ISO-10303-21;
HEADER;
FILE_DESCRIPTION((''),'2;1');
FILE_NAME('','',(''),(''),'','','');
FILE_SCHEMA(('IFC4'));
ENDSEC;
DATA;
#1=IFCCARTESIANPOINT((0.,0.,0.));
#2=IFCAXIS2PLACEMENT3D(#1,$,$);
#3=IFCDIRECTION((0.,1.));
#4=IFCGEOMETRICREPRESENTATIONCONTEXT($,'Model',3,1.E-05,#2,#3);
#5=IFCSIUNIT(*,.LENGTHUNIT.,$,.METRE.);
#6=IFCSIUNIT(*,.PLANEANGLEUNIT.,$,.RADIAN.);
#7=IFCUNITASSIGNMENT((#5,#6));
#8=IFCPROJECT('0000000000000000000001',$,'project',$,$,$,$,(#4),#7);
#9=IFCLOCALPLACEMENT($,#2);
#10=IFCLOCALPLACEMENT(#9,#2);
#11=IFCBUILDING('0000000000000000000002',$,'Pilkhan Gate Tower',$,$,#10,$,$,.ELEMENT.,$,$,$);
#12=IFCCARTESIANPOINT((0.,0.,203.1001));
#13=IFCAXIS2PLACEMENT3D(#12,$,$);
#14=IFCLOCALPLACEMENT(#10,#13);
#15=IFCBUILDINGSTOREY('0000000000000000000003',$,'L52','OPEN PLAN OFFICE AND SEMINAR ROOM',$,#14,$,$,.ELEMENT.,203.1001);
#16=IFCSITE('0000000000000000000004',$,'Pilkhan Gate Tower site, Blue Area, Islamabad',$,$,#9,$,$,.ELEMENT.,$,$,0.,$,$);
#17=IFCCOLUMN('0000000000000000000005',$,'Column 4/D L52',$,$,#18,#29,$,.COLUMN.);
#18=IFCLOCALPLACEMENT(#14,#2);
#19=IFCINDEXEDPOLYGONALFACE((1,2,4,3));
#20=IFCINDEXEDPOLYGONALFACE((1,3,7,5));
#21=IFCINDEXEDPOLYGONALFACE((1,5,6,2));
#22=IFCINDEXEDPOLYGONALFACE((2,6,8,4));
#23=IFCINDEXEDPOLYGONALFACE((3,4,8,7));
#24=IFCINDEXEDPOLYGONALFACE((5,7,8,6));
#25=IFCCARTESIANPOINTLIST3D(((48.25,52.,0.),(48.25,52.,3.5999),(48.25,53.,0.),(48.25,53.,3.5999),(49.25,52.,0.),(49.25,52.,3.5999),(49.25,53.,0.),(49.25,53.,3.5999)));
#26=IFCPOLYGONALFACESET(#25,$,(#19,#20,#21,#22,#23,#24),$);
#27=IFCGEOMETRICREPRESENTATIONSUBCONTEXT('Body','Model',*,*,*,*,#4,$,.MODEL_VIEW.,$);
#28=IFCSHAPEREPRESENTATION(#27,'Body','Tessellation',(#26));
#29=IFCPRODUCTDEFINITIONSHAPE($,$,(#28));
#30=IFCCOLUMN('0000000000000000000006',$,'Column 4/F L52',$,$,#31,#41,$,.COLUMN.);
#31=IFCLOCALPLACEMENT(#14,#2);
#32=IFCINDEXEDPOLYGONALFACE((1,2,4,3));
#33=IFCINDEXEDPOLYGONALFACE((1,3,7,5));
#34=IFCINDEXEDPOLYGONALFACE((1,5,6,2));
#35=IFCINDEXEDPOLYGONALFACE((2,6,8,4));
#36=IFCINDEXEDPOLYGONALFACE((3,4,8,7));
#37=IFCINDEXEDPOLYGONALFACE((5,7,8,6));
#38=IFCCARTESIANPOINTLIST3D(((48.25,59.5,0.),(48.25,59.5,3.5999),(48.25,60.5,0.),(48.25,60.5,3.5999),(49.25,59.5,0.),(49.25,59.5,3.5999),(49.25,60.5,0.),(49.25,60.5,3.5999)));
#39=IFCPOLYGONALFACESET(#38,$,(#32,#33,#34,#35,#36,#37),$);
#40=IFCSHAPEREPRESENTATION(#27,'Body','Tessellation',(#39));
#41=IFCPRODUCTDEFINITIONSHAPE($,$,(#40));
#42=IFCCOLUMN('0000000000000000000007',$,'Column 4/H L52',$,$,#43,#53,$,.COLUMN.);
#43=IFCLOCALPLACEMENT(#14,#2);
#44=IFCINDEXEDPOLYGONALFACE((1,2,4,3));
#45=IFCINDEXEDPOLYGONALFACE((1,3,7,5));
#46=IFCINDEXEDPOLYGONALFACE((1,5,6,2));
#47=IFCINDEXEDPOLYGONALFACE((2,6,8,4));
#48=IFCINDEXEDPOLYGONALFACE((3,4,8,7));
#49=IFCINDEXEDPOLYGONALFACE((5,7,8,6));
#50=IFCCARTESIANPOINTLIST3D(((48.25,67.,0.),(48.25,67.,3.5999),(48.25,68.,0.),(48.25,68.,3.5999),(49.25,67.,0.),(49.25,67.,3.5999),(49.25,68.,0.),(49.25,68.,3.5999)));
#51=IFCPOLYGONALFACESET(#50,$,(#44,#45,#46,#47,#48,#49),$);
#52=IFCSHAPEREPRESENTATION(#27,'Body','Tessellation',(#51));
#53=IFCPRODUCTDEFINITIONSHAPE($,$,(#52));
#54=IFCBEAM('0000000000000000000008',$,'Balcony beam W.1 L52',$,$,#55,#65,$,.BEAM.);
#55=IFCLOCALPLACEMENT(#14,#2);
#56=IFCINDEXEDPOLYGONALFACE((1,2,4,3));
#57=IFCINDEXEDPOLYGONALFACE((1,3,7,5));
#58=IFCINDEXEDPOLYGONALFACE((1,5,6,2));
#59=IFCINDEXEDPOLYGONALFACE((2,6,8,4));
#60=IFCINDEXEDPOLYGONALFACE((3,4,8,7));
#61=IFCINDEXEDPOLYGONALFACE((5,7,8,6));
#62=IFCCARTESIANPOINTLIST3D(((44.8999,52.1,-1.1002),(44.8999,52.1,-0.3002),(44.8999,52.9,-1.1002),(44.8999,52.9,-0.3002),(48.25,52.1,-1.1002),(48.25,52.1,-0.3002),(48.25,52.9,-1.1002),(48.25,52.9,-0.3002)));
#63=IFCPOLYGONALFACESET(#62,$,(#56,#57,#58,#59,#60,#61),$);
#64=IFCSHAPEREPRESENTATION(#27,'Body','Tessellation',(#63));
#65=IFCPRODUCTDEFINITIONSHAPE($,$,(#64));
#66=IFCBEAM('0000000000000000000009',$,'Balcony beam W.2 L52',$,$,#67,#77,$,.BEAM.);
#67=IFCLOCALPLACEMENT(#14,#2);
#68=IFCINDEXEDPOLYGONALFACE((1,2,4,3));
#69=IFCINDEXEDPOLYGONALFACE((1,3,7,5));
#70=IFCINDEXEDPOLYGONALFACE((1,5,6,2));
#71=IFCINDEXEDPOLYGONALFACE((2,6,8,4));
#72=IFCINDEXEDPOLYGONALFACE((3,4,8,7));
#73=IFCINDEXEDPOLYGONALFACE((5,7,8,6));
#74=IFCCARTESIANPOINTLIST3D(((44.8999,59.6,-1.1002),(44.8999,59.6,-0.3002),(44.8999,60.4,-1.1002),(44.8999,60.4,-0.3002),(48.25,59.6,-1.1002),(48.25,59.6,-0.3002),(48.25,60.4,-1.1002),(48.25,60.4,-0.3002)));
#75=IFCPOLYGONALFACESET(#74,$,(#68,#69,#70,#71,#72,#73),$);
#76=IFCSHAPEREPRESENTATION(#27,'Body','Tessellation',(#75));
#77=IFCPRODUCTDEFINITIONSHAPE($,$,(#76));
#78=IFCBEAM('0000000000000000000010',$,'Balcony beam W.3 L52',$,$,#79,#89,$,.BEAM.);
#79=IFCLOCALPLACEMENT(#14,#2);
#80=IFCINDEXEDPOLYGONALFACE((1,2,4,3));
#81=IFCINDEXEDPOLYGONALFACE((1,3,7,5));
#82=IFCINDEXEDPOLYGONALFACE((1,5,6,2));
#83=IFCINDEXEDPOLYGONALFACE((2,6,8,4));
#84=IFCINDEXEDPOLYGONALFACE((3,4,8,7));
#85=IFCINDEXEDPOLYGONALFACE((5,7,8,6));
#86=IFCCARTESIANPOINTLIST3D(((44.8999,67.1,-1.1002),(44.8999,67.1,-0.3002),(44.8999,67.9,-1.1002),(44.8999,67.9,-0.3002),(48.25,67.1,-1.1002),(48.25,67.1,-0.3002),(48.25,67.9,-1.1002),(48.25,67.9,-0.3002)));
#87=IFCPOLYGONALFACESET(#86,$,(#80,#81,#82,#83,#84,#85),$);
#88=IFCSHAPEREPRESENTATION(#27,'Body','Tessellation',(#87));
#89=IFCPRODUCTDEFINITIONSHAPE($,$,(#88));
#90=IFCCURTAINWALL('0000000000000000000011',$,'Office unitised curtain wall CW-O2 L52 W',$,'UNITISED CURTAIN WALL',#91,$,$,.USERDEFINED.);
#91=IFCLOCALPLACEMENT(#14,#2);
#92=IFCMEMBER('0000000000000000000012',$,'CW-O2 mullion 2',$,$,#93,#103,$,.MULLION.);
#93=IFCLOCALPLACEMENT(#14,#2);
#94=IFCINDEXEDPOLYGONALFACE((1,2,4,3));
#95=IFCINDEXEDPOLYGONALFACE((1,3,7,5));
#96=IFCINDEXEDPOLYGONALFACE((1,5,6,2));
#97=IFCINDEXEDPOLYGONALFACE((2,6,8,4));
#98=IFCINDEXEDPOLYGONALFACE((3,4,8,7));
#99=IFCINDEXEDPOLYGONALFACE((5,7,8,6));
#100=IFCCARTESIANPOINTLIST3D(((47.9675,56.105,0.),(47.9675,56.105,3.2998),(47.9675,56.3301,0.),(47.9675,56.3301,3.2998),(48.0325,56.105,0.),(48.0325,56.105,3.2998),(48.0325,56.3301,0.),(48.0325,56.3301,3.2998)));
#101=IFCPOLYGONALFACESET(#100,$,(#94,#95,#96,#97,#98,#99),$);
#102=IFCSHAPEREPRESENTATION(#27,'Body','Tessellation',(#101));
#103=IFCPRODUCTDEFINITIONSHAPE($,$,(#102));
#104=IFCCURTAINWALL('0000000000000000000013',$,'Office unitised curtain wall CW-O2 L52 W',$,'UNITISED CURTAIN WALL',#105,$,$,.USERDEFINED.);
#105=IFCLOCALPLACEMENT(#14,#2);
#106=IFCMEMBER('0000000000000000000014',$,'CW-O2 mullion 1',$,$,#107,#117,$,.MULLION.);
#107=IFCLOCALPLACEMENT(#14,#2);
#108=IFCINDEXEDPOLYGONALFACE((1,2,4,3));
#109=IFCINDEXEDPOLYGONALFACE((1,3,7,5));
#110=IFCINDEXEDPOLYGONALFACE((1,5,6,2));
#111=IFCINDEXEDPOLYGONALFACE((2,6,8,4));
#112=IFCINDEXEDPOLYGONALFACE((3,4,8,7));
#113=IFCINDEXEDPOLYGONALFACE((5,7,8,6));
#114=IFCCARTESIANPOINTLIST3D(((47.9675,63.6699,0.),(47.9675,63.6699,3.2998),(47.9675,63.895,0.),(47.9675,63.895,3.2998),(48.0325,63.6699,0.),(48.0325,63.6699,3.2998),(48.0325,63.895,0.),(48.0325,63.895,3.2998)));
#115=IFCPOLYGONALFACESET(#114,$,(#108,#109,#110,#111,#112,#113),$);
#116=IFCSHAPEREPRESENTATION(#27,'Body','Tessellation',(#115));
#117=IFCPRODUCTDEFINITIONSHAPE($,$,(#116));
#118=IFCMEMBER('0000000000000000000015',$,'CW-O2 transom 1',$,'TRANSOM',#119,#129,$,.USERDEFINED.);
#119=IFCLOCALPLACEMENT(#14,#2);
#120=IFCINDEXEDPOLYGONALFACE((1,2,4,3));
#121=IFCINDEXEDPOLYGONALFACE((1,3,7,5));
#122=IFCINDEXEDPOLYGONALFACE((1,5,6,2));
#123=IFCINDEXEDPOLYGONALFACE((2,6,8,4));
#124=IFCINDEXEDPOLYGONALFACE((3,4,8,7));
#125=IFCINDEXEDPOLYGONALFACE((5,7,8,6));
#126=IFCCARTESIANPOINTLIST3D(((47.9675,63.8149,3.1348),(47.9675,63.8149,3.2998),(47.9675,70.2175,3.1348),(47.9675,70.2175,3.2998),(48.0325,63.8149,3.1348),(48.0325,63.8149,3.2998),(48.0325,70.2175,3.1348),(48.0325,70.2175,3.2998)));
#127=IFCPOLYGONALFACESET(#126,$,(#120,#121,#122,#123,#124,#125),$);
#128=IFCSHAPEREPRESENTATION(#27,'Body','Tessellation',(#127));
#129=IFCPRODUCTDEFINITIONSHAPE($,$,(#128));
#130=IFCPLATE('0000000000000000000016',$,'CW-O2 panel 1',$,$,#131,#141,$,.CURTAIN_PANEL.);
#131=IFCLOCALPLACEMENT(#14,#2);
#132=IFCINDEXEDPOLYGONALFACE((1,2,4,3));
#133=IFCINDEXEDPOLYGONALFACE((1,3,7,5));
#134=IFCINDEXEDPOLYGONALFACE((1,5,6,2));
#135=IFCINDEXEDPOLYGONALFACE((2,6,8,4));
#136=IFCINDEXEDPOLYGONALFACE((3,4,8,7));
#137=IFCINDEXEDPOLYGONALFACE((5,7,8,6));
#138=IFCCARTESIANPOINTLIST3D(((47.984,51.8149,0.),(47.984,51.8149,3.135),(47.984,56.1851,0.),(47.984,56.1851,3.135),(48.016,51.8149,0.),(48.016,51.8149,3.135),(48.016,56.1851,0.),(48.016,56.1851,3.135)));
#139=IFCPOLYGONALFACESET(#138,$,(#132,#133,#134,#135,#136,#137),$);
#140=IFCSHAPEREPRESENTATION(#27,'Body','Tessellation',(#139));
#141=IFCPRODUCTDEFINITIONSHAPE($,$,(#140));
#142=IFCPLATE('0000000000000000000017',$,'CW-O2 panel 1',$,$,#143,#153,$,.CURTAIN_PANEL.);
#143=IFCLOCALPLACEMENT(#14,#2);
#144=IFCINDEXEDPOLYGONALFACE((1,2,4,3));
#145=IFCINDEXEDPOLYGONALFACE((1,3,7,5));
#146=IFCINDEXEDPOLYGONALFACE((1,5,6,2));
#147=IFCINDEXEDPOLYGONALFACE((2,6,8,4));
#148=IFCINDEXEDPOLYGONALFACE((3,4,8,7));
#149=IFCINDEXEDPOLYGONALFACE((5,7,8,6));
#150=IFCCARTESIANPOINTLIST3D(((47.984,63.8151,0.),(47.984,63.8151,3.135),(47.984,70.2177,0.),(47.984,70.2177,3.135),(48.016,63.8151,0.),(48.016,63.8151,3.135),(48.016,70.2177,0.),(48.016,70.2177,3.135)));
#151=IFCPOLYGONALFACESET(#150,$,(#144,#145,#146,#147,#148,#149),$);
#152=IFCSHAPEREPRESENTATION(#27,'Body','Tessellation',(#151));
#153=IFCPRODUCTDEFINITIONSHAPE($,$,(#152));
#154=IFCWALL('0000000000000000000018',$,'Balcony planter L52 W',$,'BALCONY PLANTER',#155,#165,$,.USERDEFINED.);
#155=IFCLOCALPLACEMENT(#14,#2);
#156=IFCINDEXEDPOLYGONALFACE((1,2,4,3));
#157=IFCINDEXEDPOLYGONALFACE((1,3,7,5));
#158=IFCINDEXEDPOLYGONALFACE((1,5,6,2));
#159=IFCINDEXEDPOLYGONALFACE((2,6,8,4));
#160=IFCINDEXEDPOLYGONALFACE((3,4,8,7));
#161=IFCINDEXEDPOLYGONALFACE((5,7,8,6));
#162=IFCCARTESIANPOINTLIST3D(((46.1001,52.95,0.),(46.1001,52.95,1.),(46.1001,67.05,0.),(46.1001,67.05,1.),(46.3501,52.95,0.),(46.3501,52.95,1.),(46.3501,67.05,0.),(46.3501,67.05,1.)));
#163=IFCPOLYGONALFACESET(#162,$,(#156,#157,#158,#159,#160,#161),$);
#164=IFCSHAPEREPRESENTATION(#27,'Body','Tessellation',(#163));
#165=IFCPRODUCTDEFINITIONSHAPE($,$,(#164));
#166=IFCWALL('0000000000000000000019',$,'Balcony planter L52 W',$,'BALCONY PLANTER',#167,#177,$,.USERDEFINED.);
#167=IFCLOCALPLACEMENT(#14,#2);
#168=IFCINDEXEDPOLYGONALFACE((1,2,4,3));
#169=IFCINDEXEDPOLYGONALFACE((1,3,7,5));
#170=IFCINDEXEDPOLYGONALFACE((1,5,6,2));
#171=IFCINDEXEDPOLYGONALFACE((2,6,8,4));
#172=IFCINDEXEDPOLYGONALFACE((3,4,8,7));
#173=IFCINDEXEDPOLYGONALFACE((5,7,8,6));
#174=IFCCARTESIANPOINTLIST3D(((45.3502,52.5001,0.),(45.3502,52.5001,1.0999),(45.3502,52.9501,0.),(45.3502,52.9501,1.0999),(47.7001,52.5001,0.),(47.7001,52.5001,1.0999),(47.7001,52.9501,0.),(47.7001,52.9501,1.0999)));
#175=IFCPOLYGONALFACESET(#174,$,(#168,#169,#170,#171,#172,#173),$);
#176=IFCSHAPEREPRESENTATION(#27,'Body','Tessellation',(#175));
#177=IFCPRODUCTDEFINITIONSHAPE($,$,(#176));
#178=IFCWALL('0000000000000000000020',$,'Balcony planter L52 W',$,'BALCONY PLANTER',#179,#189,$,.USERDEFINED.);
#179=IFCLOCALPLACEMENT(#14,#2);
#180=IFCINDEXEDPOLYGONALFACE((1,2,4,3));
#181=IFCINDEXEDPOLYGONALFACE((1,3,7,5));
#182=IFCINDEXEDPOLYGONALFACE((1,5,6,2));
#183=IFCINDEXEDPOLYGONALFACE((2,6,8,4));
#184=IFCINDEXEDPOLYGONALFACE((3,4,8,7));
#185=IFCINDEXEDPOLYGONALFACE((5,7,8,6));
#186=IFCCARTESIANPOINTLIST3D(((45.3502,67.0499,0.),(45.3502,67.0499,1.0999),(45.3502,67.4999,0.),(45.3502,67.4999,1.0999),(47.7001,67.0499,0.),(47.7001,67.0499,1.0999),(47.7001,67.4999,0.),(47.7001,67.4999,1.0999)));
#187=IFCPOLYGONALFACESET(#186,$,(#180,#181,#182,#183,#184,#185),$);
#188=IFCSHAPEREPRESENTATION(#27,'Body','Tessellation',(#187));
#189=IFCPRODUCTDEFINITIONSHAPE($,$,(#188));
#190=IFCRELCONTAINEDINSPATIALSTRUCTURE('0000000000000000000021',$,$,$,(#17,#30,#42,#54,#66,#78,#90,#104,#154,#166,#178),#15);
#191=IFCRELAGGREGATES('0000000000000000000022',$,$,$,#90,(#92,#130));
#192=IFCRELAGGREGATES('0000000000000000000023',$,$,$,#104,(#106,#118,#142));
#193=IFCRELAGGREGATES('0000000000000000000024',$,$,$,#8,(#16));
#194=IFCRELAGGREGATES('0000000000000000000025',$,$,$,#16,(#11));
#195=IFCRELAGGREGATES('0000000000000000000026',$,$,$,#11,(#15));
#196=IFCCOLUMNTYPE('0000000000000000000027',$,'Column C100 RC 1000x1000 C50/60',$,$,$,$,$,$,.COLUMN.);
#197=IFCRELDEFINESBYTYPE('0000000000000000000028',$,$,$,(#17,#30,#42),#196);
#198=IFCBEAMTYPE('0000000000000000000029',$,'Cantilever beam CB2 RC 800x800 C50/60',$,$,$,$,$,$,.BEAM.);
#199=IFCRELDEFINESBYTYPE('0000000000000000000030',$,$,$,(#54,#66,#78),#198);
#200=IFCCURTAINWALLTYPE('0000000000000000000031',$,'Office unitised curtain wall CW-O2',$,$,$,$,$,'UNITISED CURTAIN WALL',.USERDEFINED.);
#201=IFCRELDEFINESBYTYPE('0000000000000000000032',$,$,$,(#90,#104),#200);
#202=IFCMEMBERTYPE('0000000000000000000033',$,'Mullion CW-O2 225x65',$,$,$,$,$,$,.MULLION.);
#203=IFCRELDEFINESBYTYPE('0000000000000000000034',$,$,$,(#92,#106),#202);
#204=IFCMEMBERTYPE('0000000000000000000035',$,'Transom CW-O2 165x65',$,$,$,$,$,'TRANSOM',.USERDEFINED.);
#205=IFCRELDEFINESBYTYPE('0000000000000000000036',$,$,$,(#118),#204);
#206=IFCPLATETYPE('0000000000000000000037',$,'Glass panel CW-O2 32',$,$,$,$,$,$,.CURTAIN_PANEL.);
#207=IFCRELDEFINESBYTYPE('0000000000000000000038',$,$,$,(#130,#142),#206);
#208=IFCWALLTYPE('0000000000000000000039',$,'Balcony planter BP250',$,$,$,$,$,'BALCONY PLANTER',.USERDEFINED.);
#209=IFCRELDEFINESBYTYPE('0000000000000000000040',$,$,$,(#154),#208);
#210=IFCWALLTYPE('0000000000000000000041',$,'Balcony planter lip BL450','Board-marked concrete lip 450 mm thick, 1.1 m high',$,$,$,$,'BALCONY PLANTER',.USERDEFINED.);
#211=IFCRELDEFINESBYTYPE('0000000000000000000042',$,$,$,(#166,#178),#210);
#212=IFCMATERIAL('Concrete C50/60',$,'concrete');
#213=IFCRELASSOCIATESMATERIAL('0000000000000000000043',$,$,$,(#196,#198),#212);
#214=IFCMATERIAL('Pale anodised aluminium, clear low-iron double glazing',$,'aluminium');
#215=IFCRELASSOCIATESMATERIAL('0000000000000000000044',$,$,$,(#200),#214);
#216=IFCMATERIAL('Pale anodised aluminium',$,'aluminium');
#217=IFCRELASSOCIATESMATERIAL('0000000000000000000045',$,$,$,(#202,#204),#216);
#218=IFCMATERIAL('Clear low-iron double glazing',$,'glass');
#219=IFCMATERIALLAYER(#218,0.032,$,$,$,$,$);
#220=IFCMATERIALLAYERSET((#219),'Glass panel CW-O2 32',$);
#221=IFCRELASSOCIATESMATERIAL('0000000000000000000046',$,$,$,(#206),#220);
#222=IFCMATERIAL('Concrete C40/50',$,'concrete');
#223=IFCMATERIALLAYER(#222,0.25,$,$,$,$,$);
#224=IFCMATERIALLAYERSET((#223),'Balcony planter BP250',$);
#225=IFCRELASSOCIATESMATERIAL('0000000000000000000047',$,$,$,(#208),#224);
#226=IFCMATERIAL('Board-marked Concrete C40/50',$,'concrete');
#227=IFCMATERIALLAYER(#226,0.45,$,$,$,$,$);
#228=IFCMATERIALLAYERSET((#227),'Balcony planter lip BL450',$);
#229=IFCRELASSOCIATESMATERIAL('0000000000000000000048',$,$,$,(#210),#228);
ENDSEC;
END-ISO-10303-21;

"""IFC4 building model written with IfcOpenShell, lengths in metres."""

from ifc_helpers import new_model, si_unit, direction, frame, frame_2d, origin, origin_2d, place, context, subcontext, project, spatial, rectangle, extrude, material, layer, layer_set, material_profile, profile_set, type_object, element, aggregate, save


model = new_model("IFC4")

# Units and contexts
model_context = context("Model", 3, precision=1e-05, world=origin(), true_north=direction((0.0, 1.0)))
body_context = subcontext(model_context, "Body", "Model", "MODEL_VIEW")
ifc_project = project(units=[si_unit("LENGTHUNIT", "METRE"), si_unit("PLANEANGLEUNIT", "RADIAN")], contexts=[model_context])

# Site, building, storey
site_placement = place(None, origin())
site = spatial("IfcSite", under=ifc_project, at=site_placement, Name="Pilkhan Gate Tower site, Blue Area, Islamabad", CompositionType="ELEMENT", RefElevation=0.0)
building_placement = place(site_placement, origin())
building = spatial("IfcBuilding", under=site, at=building_placement, Name="Pilkhan Gate Tower", CompositionType="ELEMENT")
storey_placement = place(building_placement, frame((0.0, 0.0, 203.1001)))
storey = spatial("IfcBuildingStorey", under=building, at=storey_placement, Name="L52", Description="OPEN PLAN OFFICE AND SEMINAR ROOM", CompositionType="ELEMENT", Elevation=203.1001)

# Columns
ifc_material_1 = material(Name="Concrete C50/60", Category="concrete")
ifc_material_profile_1 = material_profile(ifc_material_1, rectangle(XDim=1.0, YDim=1.0, at=origin_2d()), Name="RC 1000x1000")
ifc_profile_set_1 = profile_set([ifc_material_profile_1], Name="Concrete C50/60")
column_type = type_object("IfcColumnType", Name="Column C100 RC 1000x1000 C50/60", PredefinedType="COLUMN", material=ifc_profile_set_1)
for number, where, z_axis, x_axis, name in (
    (1, (48.75, 52.5, 0.0), (0.0, 0.0, 1.0), (1.0, 0.0, 0.0), "Column 4/D L52"),
    (2, (48.75, 60.0, 0.0), (0.0, 0.0, 1.0), (1.0, 0.0, 0.0), "Column 4/F L52"),
    (3, (48.75, 67.5, 0.0), (0.0, 0.0, 1.0), (1.0, 0.0, 0.0), "Column 4/H L52"),
):
    element("IfcColumn", number, at=place(storey_placement, frame(where, z_axis=z_axis, x_axis=x_axis)), inside=storey, type_object=column_type, Name=name, PredefinedType="COLUMN", context=body_context, shape_type="SweptSolid", body=[
        extrude(rectangle(XDim=1.0, YDim=1.0, at=origin_2d()), origin(), (0.0, 0.0, 1.0), 3.5999),
    ])

# Beams
ifc_material_profile_2 = material_profile(ifc_material_1, rectangle(XDim=0.8, YDim=0.8, at=origin_2d()), Name="RC 800x800")
ifc_profile_set_2 = profile_set([ifc_material_profile_2], Name="Concrete C50/60")
beam_type = type_object("IfcBeamType", Name="Cantilever beam CB2 RC 800x800 C50/60", PredefinedType="BEAM", material=ifc_profile_set_2)
for number, where, z_axis, x_axis, name in (
    (4, (48.25, 52.5, -0.7002), (-1.0, 0.0, 0.0), (0.0, -1.0, 0.0), "Balcony beam W.1 L52"),
    (5, (48.25, 60.0, -0.7002), (-1.0, 0.0, 0.0), (0.0, -1.0, 0.0), "Balcony beam W.2 L52"),
    (6, (48.25, 67.5, -0.7002), (-1.0, 0.0, 0.0), (0.0, -1.0, 0.0), "Balcony beam W.3 L52"),
):
    element("IfcBeam", number, at=place(storey_placement, frame(where, z_axis=z_axis, x_axis=x_axis)), inside=storey, type_object=beam_type, Name=name, PredefinedType="BEAM", context=body_context, shape_type="SweptSolid", body=[
        extrude(rectangle(XDim=0.8, YDim=0.8, at=origin_2d()), origin(), (0.0, 0.0, 1.0), 3.3501),
    ])

# Curtain wall, member
ifc_material_2 = material(Name="Pale anodised aluminium, clear low-iron double glazing", Category="aluminium")
curtain_wall_type = type_object("IfcCurtainWallType", Name="Office unitised curtain wall CW-O2", ElementType="UNITISED CURTAIN WALL", PredefinedType="USERDEFINED", material=ifc_material_2)
curtain_wall_1_placement = place(storey_placement, origin())
curtain_wall_1 = element("IfcCurtainWall", 7, at=curtain_wall_1_placement, inside=storey, type_object=curtain_wall_type, Name="Office unitised curtain wall CW-O2 L52 W", ObjectType="UNITISED CURTAIN WALL", PredefinedType="USERDEFINED")
ifc_material_3 = material(Name="Pale anodised aluminium", Category="aluminium")
ifc_material_profile_3 = material_profile(ifc_material_3, rectangle(XDim=0.0649, YDim=0.2251, at=origin_2d()), Name="Mullion 225x65")
ifc_profile_set_3 = profile_set([ifc_material_profile_3], Name="Pale anodised aluminium")
member_type_1 = type_object("IfcMemberType", Name="Mullion CW-O2 225x65", PredefinedType="MULLION", material=ifc_profile_set_3)
member_1_placement = place(storey_placement, frame((48.0, 56.2175, 0.0), z_axis=(0.0, 0.0, 1.0), x_axis=(-1.0, 0.0, 0.0)))
member_1 = element("IfcMember", 8, at=member_1_placement, type_object=member_type_1, Name="CW-O2 mullion 2", PredefinedType="MULLION", context=body_context, shape_type="SweptSolid", body=[
    extrude(rectangle(XDim=0.0649, YDim=0.2251, at=origin_2d()), origin(), (0.0, 0.0, 1.0), 3.2998),
])

# Curtain wall, members
curtain_wall_2_placement = place(storey_placement, origin())
curtain_wall_2 = element("IfcCurtainWall", 9, at=curtain_wall_2_placement, inside=storey, type_object=curtain_wall_type, Name="Office unitised curtain wall CW-O2 L52 W", ObjectType="UNITISED CURTAIN WALL", PredefinedType="USERDEFINED")
member_2_placement = place(storey_placement, frame((48.0, 63.7825, 0.0), z_axis=(0.0, 0.0, 1.0), x_axis=(-1.0, 0.0, 0.0)))
member_2 = element("IfcMember", 10, at=member_2_placement, type_object=member_type_1, Name="CW-O2 mullion 1", PredefinedType="MULLION", context=body_context, shape_type="SweptSolid", body=[
    extrude(rectangle(XDim=0.0649, YDim=0.2251, at=origin_2d()), origin(), (0.0, 0.0, 1.0), 3.2998),
])
ifc_material_profile_4 = material_profile(ifc_material_3, rectangle(XDim=0.0649, YDim=0.165, at=origin_2d()), Name="Transom 165x65")
ifc_profile_set_4 = profile_set([ifc_material_profile_4], Name="Pale anodised aluminium")
member_type_2 = type_object("IfcMemberType", Name="Transom CW-O2 165x65", ElementType="TRANSOM", PredefinedType="USERDEFINED", material=ifc_profile_set_4)
member_3_placement = place(storey_placement, frame((48.0, 63.8149, 3.2173), z_axis=(0.0, 1.0, 0.0), x_axis=(-1.0, 0.0, 0.0)))
member_3 = element("IfcMember", 11, at=member_3_placement, type_object=member_type_2, Name="CW-O2 transom 1", ObjectType="TRANSOM", PredefinedType="USERDEFINED", context=body_context, shape_type="SweptSolid", body=[
    extrude(rectangle(XDim=0.0649, YDim=0.165, at=origin_2d()), origin(), (0.0, 0.0, 1.0), 6.4026),
])

# Plates
ifc_material_4 = material(Name="Clear low-iron double glazing", Category="glass")
ifc_layer_1 = layer(ifc_material_4, 0.032)
ifc_layer_set_1 = layer_set([ifc_layer_1], Name="Glass panel CW-O2 32")
plate_type = type_object("IfcPlateType", Name="Glass panel CW-O2 32", PredefinedType="CURTAIN_PANEL", material=ifc_layer_set_1)
plate_1_placement = place(storey_placement, frame((48.0, 54.0, 0.0), z_axis=(0.0, 0.0, 1.0), x_axis=(0.0, 1.0, 0.0)))
plate_1 = element("IfcPlate", 12, at=plate_1_placement, type_object=plate_type, Name="CW-O2 panel 1", PredefinedType="CURTAIN_PANEL", context=body_context, shape_type="SweptSolid", body=[
    extrude(rectangle(XDim=4.3701, YDim=0.032, at=origin_2d()), origin(), (0.0, 0.0, 1.0), 3.135),
])
aggregate(curtain_wall_1, [member_1, plate_1])
plate_2_placement = place(storey_placement, frame((48.0, 67.0164, 0.0), z_axis=(0.0, 0.0, 1.0), x_axis=(0.0, 1.0, 0.0)))
plate_2 = element("IfcPlate", 13, at=plate_2_placement, type_object=plate_type, Name="CW-O2 panel 1", PredefinedType="CURTAIN_PANEL", context=body_context, shape_type="SweptSolid", body=[
    extrude(rectangle(XDim=6.4026, YDim=0.032, at=origin_2d()), origin(), (0.0, 0.0, 1.0), 3.135),
])
aggregate(curtain_wall_2, [member_2, member_3, plate_2])

# Walls
ifc_material_5 = material(Name="Concrete C40/50", Category="concrete")
ifc_layer_2 = layer(ifc_material_5, 0.25)
ifc_layer_set_2 = layer_set([ifc_layer_2], Name="Balcony planter BP250")
wall_type_1 = type_object("IfcWallType", Name="Balcony planter BP250", ElementType="BALCONY PLANTER", PredefinedType="USERDEFINED", material=ifc_layer_set_2)
wall_1_placement = place(storey_placement, frame((46.2251, 52.95, 0.0), z_axis=(0.0, 0.0, 1.0), x_axis=(0.0, 1.0, 0.0)))
element("IfcWall", 14, at=wall_1_placement, inside=storey, type_object=wall_type_1, Name="Balcony planter L52 W", ObjectType="BALCONY PLANTER", PredefinedType="USERDEFINED", context=body_context, shape_type="SweptSolid", body=[
    extrude(rectangle(XDim=14.1001, YDim=0.25, at=frame_2d((7.05, 0.0))), origin(), (0.0, 0.0, 1.0), 1.0),
])
ifc_material_6 = material(Name="Board-marked Concrete C40/50", Category="concrete")
ifc_layer_3 = layer(ifc_material_6, 0.45)
ifc_layer_set_3 = layer_set([ifc_layer_3], Name="Balcony planter lip BL450")
wall_type_2 = type_object("IfcWallType", Name="Balcony planter lip BL450", Description="Board-marked concrete lip 450 mm thick, 1.1 m high", ElementType="BALCONY PLANTER", PredefinedType="USERDEFINED", material=ifc_layer_set_3)
for number, where, z_axis, x_axis, name in (
    (15, (47.7, 52.7251, 0.0), (0.0, 0.0, 1.0), (-1.0, 0.0, 0.0), "Balcony planter L52 W"),
    (16, (47.7, 67.2749, 0.0), (0.0, 0.0, 1.0), (-1.0, 0.0, 0.0), "Balcony planter L52 W"),
):
    element("IfcWall", number, at=place(storey_placement, frame(where, z_axis=z_axis, x_axis=x_axis)), inside=storey, type_object=wall_type_2, Name=name, ObjectType="BALCONY PLANTER", PredefinedType="USERDEFINED", context=body_context, shape_type="SweptSolid", body=[
        extrude(rectangle(XDim=2.3499, YDim=0.45, at=frame_2d((1.1748, 0.0))), origin(), (0.0, 0.0, 1.0), 1.0999),
    ])

save(model, "model.ifc")
